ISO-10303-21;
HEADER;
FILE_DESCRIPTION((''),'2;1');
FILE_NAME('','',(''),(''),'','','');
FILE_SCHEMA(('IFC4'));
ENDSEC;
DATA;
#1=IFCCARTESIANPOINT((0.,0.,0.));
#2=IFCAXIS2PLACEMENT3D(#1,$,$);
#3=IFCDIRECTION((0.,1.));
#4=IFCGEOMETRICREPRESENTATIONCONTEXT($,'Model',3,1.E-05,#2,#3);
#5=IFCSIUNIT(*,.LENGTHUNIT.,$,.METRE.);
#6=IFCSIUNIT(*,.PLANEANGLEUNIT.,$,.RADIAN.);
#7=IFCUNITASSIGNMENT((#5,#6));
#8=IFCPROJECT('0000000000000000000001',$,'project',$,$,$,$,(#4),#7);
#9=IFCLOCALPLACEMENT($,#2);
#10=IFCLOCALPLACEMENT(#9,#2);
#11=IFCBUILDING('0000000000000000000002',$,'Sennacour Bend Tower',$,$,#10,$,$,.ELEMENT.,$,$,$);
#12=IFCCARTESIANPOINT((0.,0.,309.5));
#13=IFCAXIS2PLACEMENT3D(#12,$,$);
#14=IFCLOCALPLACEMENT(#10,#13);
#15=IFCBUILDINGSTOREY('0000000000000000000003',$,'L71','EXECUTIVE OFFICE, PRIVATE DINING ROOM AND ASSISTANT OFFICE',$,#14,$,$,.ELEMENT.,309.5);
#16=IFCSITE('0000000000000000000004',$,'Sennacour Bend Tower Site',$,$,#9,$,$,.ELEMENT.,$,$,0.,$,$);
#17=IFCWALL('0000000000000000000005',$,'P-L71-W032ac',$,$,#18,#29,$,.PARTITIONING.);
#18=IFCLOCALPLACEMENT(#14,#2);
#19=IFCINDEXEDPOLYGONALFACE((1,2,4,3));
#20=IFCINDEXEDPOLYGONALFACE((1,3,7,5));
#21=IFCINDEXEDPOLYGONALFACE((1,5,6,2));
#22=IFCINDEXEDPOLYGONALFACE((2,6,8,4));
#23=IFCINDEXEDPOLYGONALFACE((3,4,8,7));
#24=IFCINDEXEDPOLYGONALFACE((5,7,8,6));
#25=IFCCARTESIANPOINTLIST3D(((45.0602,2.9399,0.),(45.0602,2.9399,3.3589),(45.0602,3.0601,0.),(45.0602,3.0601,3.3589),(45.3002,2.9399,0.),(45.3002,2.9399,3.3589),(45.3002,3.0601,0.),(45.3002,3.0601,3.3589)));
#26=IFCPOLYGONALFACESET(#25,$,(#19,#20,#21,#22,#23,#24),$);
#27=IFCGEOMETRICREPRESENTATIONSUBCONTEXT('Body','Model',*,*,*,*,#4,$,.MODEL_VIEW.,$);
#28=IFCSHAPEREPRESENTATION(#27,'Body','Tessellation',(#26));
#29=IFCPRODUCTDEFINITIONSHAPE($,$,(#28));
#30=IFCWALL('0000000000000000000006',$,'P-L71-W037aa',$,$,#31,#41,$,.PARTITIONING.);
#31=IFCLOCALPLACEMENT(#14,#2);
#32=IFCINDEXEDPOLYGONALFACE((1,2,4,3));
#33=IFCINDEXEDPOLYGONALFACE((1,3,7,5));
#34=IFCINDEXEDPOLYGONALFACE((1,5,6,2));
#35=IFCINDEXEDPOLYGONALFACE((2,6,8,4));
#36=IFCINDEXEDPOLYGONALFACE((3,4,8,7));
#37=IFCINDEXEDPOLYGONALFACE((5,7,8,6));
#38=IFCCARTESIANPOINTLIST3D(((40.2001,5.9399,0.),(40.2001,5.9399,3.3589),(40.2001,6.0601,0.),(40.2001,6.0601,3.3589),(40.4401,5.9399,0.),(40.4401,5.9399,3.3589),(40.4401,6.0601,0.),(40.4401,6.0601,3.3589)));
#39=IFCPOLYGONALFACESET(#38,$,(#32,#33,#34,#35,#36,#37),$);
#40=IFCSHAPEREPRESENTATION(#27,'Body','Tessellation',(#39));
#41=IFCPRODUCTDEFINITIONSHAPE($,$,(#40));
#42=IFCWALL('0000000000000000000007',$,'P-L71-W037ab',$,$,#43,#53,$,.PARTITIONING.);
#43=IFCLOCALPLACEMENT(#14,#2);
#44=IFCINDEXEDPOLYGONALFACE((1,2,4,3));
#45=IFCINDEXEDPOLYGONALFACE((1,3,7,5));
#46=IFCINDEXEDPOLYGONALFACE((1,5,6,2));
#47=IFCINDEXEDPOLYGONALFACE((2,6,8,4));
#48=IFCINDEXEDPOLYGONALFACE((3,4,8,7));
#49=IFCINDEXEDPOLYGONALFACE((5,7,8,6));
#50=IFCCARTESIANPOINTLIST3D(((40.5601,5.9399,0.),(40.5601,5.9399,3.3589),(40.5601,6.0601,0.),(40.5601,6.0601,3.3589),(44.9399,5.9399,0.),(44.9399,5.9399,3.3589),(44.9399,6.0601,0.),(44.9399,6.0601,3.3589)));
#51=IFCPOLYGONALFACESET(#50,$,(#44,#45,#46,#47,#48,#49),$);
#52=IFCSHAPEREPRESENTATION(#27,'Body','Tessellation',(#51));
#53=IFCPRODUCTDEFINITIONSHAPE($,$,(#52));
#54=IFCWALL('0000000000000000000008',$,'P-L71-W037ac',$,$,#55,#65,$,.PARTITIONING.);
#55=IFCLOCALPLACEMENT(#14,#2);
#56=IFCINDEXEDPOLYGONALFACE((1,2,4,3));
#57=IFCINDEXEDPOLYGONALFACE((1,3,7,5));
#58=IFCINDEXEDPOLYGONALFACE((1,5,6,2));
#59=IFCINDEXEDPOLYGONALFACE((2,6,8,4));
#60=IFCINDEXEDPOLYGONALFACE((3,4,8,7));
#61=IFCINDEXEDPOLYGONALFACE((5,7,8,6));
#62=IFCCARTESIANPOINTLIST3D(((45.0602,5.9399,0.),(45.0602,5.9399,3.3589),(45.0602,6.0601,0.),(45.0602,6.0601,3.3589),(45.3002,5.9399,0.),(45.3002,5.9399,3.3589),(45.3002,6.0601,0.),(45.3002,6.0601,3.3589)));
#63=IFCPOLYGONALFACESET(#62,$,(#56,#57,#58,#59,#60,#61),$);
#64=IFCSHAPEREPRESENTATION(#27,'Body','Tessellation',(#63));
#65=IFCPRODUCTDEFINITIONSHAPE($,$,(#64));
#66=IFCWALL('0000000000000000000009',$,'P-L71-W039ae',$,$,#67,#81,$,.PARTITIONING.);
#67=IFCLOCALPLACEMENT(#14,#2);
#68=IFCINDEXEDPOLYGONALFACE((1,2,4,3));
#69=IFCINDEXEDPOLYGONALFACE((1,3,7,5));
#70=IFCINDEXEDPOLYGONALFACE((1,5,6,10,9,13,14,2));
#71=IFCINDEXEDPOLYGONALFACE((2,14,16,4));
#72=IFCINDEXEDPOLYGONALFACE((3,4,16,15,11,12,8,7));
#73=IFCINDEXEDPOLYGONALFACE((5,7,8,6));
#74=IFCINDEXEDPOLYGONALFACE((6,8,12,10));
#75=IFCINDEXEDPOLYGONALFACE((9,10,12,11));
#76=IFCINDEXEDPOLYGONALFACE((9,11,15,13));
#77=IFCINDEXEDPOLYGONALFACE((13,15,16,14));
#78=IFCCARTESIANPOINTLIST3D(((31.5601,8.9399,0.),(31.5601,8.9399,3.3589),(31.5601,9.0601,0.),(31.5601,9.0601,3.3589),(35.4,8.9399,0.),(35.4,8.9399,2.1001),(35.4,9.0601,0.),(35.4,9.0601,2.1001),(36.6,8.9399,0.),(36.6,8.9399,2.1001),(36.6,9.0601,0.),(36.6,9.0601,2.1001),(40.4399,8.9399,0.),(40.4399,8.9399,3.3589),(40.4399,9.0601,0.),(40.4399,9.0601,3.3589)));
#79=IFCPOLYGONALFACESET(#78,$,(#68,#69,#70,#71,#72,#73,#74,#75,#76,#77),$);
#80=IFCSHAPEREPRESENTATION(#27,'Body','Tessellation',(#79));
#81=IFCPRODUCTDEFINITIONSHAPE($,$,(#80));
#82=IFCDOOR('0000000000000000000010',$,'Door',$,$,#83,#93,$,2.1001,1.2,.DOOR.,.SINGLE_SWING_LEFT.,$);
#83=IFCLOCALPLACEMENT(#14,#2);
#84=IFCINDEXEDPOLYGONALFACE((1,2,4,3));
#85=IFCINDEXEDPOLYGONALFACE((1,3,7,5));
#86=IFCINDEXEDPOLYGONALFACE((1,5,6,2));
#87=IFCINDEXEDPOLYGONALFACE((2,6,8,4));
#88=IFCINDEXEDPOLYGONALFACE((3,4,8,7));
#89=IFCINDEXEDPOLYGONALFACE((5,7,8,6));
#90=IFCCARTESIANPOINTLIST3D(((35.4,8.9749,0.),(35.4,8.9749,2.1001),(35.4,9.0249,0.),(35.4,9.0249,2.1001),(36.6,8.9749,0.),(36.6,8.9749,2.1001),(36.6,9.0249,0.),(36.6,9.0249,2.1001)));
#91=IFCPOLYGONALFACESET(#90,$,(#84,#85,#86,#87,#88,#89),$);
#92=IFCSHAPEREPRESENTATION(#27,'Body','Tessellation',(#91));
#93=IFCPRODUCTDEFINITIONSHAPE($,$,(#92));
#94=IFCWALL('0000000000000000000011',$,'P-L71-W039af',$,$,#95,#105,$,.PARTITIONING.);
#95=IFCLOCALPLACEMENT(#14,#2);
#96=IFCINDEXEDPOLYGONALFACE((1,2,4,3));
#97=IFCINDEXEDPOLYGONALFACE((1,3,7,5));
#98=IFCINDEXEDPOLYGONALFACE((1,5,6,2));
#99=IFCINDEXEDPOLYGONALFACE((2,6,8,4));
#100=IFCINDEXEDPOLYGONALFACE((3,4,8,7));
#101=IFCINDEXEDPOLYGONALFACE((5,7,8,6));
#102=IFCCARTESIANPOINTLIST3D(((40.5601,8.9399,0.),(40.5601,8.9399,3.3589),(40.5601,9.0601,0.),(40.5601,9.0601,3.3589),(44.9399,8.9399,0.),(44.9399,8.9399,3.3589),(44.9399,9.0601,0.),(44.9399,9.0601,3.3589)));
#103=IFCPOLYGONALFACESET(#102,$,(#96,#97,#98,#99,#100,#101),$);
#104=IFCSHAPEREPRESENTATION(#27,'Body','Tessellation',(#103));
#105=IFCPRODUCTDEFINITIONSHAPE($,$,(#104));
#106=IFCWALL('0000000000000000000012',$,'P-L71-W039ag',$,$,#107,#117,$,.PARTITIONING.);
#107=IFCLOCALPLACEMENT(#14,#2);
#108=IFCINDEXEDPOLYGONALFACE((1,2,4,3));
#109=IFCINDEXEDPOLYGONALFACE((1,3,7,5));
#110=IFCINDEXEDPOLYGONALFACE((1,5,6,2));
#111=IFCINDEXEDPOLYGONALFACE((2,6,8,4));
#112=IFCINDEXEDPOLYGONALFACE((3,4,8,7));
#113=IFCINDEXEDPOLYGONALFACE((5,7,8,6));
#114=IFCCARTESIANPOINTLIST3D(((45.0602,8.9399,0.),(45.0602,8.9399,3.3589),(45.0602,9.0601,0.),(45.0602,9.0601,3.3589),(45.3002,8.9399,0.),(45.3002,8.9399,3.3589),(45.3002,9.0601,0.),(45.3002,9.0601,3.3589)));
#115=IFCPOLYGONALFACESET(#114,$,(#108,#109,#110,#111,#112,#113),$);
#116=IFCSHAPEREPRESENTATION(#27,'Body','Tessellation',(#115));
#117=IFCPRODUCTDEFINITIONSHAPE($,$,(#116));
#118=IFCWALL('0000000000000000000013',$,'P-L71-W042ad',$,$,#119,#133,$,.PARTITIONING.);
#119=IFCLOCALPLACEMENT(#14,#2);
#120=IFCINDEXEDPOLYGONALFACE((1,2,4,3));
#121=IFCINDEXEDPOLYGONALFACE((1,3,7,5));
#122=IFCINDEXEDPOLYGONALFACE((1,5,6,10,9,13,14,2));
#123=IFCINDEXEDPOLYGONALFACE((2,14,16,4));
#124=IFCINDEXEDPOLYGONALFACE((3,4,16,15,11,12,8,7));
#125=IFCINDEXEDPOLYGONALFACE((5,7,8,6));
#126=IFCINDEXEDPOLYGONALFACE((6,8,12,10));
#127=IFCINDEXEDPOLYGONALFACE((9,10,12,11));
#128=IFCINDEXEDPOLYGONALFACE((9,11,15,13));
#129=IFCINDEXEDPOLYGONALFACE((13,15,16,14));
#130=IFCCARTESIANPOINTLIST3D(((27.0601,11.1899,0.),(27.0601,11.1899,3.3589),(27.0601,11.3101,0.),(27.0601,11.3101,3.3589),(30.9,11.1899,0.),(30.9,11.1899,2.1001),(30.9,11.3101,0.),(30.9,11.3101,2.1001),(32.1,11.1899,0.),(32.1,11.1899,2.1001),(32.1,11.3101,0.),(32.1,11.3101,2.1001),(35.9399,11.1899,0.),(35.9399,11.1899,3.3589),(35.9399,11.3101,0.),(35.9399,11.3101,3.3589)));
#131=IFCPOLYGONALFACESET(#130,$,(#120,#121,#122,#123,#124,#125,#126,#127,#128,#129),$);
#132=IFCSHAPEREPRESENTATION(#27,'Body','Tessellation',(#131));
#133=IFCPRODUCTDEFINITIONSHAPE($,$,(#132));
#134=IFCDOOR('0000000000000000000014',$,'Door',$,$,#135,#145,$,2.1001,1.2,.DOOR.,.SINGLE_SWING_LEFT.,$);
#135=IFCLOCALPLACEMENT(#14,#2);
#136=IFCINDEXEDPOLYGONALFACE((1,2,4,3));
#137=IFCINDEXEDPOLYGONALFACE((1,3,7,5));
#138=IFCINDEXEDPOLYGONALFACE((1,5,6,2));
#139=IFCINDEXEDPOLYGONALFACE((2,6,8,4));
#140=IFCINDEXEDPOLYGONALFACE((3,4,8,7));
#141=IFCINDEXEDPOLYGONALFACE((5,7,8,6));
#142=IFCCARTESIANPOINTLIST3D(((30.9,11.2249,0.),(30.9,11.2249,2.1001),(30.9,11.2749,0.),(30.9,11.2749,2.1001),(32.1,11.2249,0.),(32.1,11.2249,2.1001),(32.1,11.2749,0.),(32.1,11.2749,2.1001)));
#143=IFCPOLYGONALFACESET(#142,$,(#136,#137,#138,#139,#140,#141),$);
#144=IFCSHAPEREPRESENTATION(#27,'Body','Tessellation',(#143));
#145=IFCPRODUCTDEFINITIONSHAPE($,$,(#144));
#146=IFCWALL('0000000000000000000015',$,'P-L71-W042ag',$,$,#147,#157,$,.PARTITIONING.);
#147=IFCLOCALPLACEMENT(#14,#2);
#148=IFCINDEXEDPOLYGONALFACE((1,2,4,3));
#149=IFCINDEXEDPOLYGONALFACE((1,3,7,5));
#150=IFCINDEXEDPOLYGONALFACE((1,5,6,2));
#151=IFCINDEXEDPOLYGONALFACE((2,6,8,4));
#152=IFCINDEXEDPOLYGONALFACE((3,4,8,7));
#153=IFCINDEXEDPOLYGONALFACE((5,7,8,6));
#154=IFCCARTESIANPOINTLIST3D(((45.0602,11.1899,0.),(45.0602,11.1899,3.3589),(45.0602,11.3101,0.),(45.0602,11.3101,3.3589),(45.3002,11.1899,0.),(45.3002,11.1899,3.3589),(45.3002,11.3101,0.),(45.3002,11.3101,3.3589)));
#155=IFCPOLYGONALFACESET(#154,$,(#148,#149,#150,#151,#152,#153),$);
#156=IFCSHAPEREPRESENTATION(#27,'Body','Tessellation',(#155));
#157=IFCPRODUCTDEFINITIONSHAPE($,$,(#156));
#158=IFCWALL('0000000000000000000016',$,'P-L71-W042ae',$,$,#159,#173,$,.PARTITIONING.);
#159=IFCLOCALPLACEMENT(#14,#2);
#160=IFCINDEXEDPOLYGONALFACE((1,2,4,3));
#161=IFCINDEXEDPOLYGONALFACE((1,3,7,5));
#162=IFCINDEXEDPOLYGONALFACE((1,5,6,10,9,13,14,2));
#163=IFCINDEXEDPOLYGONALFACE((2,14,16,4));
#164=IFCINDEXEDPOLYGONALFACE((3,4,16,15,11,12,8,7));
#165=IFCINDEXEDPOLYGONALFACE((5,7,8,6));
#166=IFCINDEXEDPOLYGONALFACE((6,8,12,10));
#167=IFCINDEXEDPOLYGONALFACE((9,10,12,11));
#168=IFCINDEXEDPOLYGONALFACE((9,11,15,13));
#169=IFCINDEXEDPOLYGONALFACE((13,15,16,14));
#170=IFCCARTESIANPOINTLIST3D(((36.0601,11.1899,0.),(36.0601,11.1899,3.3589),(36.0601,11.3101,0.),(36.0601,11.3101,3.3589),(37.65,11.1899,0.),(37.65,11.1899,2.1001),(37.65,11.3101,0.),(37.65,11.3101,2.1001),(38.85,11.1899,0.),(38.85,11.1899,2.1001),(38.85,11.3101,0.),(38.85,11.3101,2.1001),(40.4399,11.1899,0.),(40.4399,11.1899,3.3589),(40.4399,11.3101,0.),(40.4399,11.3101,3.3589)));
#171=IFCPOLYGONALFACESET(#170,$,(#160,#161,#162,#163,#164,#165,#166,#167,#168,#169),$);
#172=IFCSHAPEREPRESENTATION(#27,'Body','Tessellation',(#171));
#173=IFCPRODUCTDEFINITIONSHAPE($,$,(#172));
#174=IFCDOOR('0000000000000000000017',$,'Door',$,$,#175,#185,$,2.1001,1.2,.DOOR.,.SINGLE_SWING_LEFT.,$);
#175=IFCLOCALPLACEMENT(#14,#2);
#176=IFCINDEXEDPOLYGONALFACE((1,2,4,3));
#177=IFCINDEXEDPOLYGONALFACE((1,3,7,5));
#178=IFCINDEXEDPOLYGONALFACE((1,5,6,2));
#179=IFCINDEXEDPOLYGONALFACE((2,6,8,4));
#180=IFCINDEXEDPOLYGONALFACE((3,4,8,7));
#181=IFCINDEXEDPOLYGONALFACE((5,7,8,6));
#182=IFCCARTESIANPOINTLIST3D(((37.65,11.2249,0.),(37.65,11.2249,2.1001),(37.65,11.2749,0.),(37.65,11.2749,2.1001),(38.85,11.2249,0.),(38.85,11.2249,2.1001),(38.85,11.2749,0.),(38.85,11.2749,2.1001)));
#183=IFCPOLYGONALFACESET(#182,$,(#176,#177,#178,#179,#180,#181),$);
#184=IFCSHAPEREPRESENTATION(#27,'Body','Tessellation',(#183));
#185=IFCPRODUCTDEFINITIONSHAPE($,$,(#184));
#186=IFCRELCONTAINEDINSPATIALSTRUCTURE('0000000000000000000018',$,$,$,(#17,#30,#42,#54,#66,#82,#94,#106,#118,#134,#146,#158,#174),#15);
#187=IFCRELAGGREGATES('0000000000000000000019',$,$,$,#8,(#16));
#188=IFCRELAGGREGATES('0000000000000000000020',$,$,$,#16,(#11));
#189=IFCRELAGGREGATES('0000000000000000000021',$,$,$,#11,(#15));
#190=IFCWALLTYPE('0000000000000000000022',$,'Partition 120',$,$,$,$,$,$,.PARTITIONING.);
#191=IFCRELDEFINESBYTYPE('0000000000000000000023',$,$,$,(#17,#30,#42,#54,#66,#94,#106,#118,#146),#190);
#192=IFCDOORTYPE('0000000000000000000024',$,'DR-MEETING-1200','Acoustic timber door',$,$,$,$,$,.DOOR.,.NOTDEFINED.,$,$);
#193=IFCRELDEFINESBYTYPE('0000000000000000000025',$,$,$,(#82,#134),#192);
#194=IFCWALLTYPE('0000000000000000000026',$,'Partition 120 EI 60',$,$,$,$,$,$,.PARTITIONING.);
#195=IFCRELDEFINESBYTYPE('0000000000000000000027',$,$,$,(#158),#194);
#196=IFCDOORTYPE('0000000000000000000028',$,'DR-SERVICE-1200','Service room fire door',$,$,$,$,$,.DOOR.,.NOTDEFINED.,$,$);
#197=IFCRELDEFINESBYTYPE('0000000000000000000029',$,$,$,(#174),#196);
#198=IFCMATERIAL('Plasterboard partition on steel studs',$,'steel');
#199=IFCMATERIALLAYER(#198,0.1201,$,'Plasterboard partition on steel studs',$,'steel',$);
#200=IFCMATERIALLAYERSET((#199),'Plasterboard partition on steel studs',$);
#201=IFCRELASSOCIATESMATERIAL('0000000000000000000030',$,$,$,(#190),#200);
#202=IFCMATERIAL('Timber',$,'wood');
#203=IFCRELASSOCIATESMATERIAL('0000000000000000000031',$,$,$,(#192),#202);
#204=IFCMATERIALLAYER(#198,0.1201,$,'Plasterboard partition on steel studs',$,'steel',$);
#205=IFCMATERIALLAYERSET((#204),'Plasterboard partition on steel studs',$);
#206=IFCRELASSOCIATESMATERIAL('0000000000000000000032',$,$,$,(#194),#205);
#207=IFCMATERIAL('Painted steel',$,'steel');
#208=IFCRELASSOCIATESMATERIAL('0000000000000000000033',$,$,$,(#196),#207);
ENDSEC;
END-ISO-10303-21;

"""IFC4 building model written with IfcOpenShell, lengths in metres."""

from ifc_helpers import new_model, si_unit, direction, frame, frame_2d, origin, place, context, subcontext, project, spatial, rectangle, extrude, material, layer, layer_set, type_object, element, fill, save


model = new_model("IFC4")

# Units and contexts
model_context = context("Model", 3, precision=1e-05, world=origin(), true_north=direction((0.0, 1.0)))
body_context = subcontext(model_context, "Body", "Model", "MODEL_VIEW")
ifc_project = project(units=[si_unit("LENGTHUNIT", "METRE"), si_unit("PLANEANGLEUNIT", "RADIAN")], contexts=[model_context])

# Site, building, storey
site_placement = place(None, origin())
site = spatial("IfcSite", under=ifc_project, at=site_placement, Name="Sennacour Bend Tower Site", CompositionType="ELEMENT", RefElevation=0.0)
building_placement = place(site_placement, origin())
building = spatial("IfcBuilding", under=site, at=building_placement, Name="Sennacour Bend Tower", CompositionType="ELEMENT")
storey_placement = place(building_placement, frame((0.0, 0.0, 309.5)))
storey = spatial("IfcBuildingStorey", under=building, at=storey_placement, Name="L71", Description="EXECUTIVE OFFICE, PRIVATE DINING ROOM AND ASSISTANT OFFICE", CompositionType="ELEMENT", Elevation=309.5)

# Walls
ifc_material_1 = material(Name="Plasterboard partition on steel studs", Category="steel")
ifc_layer_1 = layer(ifc_material_1, 0.1201, Name="Plasterboard partition on steel studs", Category="steel")
ifc_layer_set_1 = layer_set([ifc_layer_1], Name="Plasterboard partition on steel studs")
wall_type_1 = type_object("IfcWallType", Name="Partition 120", PredefinedType="PARTITIONING", material=ifc_layer_set_1)
for number, where, z_axis, x_axis, name in (
    (1, (45.0601, 3.0, 0.0), (0.0, 0.0, 1.0), (1.0, 0.0, 0.0), "P-L71-W032ac"),
    (2, (40.2, 6.0, 0.0), (0.0, 0.0, 1.0), (1.0, 0.0, 0.0), "P-L71-W037aa"),
):
    element("IfcWall", number, at=place(storey_placement, frame(where, z_axis=z_axis, x_axis=x_axis)), inside=storey, type_object=wall_type_1, Name=name, PredefinedType="PARTITIONING", context=body_context, shape_type="SweptSolid", body=[
        extrude(rectangle(XDim=0.24, YDim=0.1201, at=frame_2d((0.1201, 0.0))), origin(), (0.0, 0.0, 1.0), 3.3589),
    ])
wall_1_placement = place(storey_placement, frame((40.5601, 6.0, 0.0), z_axis=(0.0, 0.0, 1.0), x_axis=(1.0, 0.0, 0.0)))
element("IfcWall", 3, at=wall_1_placement, inside=storey, type_object=wall_type_1, Name="P-L71-W037ab", PredefinedType="PARTITIONING", context=body_context, shape_type="SweptSolid", body=[
    extrude(rectangle(XDim=4.3799, YDim=0.1201, at=frame_2d((2.1899, 0.0))), origin(), (0.0, 0.0, 1.0), 3.3589),
])
wall_2_placement = place(storey_placement, frame((45.0601, 6.0, 0.0), z_axis=(0.0, 0.0, 1.0), x_axis=(1.0, 0.0, 0.0)))
element("IfcWall", 4, at=wall_2_placement, inside=storey, type_object=wall_type_1, Name="P-L71-W037ac", PredefinedType="PARTITIONING", context=body_context, shape_type="SweptSolid", body=[
    extrude(rectangle(XDim=0.24, YDim=0.1201, at=frame_2d((0.1201, 0.0))), origin(), (0.0, 0.0, 1.0), 3.3589),
])

# Wall, opening, door
wall_3_placement = place(storey_placement, frame((31.5601, 9.0, 0.0), z_axis=(0.0, 0.0, 1.0), x_axis=(1.0, 0.0, 0.0)))
wall_3 = element("IfcWall", 5, at=wall_3_placement, inside=storey, type_object=wall_type_1, Name="P-L71-W039ae", PredefinedType="PARTITIONING", context=body_context, shape_type="SweptSolid", body=[
    extrude(rectangle(XDim=8.8799, YDim=0.1201, at=frame_2d((4.4399, 0.0))), origin(), (0.0, 0.0, 1.0), 3.3589),
])
opening_1_placement = place(wall_3_placement, frame((3.8398, 0.0, 0.0)))
opening_1 = element("IfcOpeningElement", 6, at=opening_1_placement, cuts=wall_3, PredefinedType="OPENING", context=body_context, shape_type="SweptSolid", body=[
    extrude(rectangle(XDim=1.2, YDim=2.1001, at=frame_2d((0.6001, 1.05))), frame((0.0, 0.0701, 0.0), z_axis=(0.0, -1.0, 0.0), x_axis=(1.0, 0.0, 0.0)), (0.0, 0.0, 1.0), 0.1401),
])
ifc_material_2 = material(Name="Timber", Category="wood")
door_type_1 = type_object("IfcDoorType", Name="DR-MEETING-1200", Description="Acoustic timber door", OperationType="NOTDEFINED", PredefinedType="DOOR", material=ifc_material_2)
door_1_placement = place(opening_1_placement, origin())
door_1 = element("IfcDoor", 7, at=door_1_placement, inside=storey, type_object=door_type_1, Name="Door", OperationType="SINGLE_SWING_LEFT", OverallHeight=2.1001, OverallWidth=1.2, PredefinedType="DOOR", context=body_context, shape_type="SweptSolid", body=[
    extrude(rectangle(XDim=1.2, YDim=2.1001, at=frame_2d((0.6001, 1.05))), frame((0.0, 0.0249, 0.0), z_axis=(0.0, -1.0, 0.0), x_axis=(1.0, 0.0, 0.0)), (0.0, 0.0, 1.0), 0.05),
])
fill(opening_1, door_1)

# Walls
wall_4_placement = place(storey_placement, frame((40.5601, 9.0, 0.0), z_axis=(0.0, 0.0, 1.0), x_axis=(1.0, 0.0, 0.0)))
element("IfcWall", 8, at=wall_4_placement, inside=storey, type_object=wall_type_1, Name="P-L71-W039af", PredefinedType="PARTITIONING", context=body_context, shape_type="SweptSolid", body=[
    extrude(rectangle(XDim=4.3799, YDim=0.1201, at=frame_2d((2.1899, 0.0))), origin(), (0.0, 0.0, 1.0), 3.3589),
])
wall_5_placement = place(storey_placement, frame((45.0601, 9.0, 0.0), z_axis=(0.0, 0.0, 1.0), x_axis=(1.0, 0.0, 0.0)))
element("IfcWall", 9, at=wall_5_placement, inside=storey, type_object=wall_type_1, Name="P-L71-W039ag", PredefinedType="PARTITIONING", context=body_context, shape_type="SweptSolid", body=[
    extrude(rectangle(XDim=0.24, YDim=0.1201, at=frame_2d((0.1201, 0.0))), origin(), (0.0, 0.0, 1.0), 3.3589),
])

# Wall, opening, door
wall_6_placement = place(storey_placement, frame((27.0601, 11.25, 0.0), z_axis=(0.0, 0.0, 1.0), x_axis=(1.0, 0.0, 0.0)))
wall_6 = element("IfcWall", 10, at=wall_6_placement, inside=storey, type_object=wall_type_1, Name="P-L71-W042ad", PredefinedType="PARTITIONING", context=body_context, shape_type="SweptSolid", body=[
    extrude(rectangle(XDim=8.8799, YDim=0.1201, at=frame_2d((4.4399, 0.0))), origin(), (0.0, 0.0, 1.0), 3.3589),
])
opening_2_placement = place(wall_6_placement, frame((3.8398, 0.0, 0.0)))
opening_2 = element("IfcOpeningElement", 11, at=opening_2_placement, cuts=wall_6, PredefinedType="OPENING", context=body_context, shape_type="SweptSolid", body=[
    extrude(rectangle(XDim=1.2, YDim=2.1001, at=frame_2d((0.6001, 1.05))), frame((0.0, 0.0701, 0.0), z_axis=(0.0, -1.0, 0.0), x_axis=(1.0, 0.0, 0.0)), (0.0, 0.0, 1.0), 0.1401),
])
door_2_placement = place(opening_2_placement, origin())
door_2 = element("IfcDoor", 12, at=door_2_placement, inside=storey, type_object=door_type_1, Name="Door", OperationType="SINGLE_SWING_LEFT", OverallHeight=2.1001, OverallWidth=1.2, PredefinedType="DOOR", context=body_context, shape_type="SweptSolid", body=[
    extrude(rectangle(XDim=1.2, YDim=2.1001, at=frame_2d((0.6001, 1.05))), frame((0.0, 0.0249, 0.0), z_axis=(0.0, -1.0, 0.0), x_axis=(1.0, 0.0, 0.0)), (0.0, 0.0, 1.0), 0.05),
])
fill(opening_2, door_2)

# Wall
wall_7_placement = place(storey_placement, frame((45.0601, 11.25, 0.0), z_axis=(0.0, 0.0, 1.0), x_axis=(1.0, 0.0, 0.0)))
element("IfcWall", 13, at=wall_7_placement, inside=storey, type_object=wall_type_1, Name="P-L71-W042ag", PredefinedType="PARTITIONING", context=body_context, shape_type="SweptSolid", body=[
    extrude(rectangle(XDim=0.24, YDim=0.1201, at=frame_2d((0.1201, 0.0))), origin(), (0.0, 0.0, 1.0), 3.3589),
])

# Wall, opening, door
ifc_layer_2 = layer(ifc_material_1, 0.1201, Name="Plasterboard partition on steel studs", Category="steel")
ifc_layer_set_2 = layer_set([ifc_layer_2], Name="Plasterboard partition on steel studs")
wall_type_2 = type_object("IfcWallType", Name="Partition 120 EI 60", PredefinedType="PARTITIONING", material=ifc_layer_set_2)
wall_8_placement = place(storey_placement, frame((36.0601, 11.25, 0.0), z_axis=(0.0, 0.0, 1.0), x_axis=(1.0, 0.0, 0.0)))
wall_8 = element("IfcWall", 14, at=wall_8_placement, inside=storey, type_object=wall_type_2, Name="P-L71-W042ae", PredefinedType="PARTITIONING", context=body_context, shape_type="SweptSolid", body=[
    extrude(rectangle(XDim=4.3799, YDim=0.1201, at=frame_2d((2.1899, 0.0))), origin(), (0.0, 0.0, 1.0), 3.3589),
])
opening_3_placement = place(wall_8_placement, frame((1.5898, 0.0, 0.0)))
opening_3 = element("IfcOpeningElement", 15, at=opening_3_placement, cuts=wall_8, PredefinedType="OPENING", context=body_context, shape_type="SweptSolid", body=[
    extrude(rectangle(XDim=1.2, YDim=2.1001, at=frame_2d((0.6001, 1.05))), frame((0.0, 0.0701, 0.0), z_axis=(0.0, -1.0, 0.0), x_axis=(1.0, 0.0, 0.0)), (0.0, 0.0, 1.0), 0.1401),
])
ifc_material_3 = material(Name="Painted steel", Category="steel")
door_type_2 = type_object("IfcDoorType", Name="DR-SERVICE-1200", Description="Service room fire door", OperationType="NOTDEFINED", PredefinedType="DOOR", material=ifc_material_3)
door_3_placement = place(opening_3_placement, origin())
door_3 = element("IfcDoor", 16, at=door_3_placement, inside=storey, type_object=door_type_2, Name="Door", OperationType="SINGLE_SWING_LEFT", OverallHeight=2.1001, OverallWidth=1.2, PredefinedType="DOOR", context=body_context, shape_type="SweptSolid", body=[
    extrude(rectangle(XDim=1.2, YDim=2.1001, at=frame_2d((0.6001, 1.05))), frame((0.0, 0.0249, 0.0), z_axis=(0.0, -1.0, 0.0), x_axis=(1.0, 0.0, 0.0)), (0.0, 0.0, 1.0), 0.05),
])
fill(opening_3, door_3)

save(model, "model.ifc")
